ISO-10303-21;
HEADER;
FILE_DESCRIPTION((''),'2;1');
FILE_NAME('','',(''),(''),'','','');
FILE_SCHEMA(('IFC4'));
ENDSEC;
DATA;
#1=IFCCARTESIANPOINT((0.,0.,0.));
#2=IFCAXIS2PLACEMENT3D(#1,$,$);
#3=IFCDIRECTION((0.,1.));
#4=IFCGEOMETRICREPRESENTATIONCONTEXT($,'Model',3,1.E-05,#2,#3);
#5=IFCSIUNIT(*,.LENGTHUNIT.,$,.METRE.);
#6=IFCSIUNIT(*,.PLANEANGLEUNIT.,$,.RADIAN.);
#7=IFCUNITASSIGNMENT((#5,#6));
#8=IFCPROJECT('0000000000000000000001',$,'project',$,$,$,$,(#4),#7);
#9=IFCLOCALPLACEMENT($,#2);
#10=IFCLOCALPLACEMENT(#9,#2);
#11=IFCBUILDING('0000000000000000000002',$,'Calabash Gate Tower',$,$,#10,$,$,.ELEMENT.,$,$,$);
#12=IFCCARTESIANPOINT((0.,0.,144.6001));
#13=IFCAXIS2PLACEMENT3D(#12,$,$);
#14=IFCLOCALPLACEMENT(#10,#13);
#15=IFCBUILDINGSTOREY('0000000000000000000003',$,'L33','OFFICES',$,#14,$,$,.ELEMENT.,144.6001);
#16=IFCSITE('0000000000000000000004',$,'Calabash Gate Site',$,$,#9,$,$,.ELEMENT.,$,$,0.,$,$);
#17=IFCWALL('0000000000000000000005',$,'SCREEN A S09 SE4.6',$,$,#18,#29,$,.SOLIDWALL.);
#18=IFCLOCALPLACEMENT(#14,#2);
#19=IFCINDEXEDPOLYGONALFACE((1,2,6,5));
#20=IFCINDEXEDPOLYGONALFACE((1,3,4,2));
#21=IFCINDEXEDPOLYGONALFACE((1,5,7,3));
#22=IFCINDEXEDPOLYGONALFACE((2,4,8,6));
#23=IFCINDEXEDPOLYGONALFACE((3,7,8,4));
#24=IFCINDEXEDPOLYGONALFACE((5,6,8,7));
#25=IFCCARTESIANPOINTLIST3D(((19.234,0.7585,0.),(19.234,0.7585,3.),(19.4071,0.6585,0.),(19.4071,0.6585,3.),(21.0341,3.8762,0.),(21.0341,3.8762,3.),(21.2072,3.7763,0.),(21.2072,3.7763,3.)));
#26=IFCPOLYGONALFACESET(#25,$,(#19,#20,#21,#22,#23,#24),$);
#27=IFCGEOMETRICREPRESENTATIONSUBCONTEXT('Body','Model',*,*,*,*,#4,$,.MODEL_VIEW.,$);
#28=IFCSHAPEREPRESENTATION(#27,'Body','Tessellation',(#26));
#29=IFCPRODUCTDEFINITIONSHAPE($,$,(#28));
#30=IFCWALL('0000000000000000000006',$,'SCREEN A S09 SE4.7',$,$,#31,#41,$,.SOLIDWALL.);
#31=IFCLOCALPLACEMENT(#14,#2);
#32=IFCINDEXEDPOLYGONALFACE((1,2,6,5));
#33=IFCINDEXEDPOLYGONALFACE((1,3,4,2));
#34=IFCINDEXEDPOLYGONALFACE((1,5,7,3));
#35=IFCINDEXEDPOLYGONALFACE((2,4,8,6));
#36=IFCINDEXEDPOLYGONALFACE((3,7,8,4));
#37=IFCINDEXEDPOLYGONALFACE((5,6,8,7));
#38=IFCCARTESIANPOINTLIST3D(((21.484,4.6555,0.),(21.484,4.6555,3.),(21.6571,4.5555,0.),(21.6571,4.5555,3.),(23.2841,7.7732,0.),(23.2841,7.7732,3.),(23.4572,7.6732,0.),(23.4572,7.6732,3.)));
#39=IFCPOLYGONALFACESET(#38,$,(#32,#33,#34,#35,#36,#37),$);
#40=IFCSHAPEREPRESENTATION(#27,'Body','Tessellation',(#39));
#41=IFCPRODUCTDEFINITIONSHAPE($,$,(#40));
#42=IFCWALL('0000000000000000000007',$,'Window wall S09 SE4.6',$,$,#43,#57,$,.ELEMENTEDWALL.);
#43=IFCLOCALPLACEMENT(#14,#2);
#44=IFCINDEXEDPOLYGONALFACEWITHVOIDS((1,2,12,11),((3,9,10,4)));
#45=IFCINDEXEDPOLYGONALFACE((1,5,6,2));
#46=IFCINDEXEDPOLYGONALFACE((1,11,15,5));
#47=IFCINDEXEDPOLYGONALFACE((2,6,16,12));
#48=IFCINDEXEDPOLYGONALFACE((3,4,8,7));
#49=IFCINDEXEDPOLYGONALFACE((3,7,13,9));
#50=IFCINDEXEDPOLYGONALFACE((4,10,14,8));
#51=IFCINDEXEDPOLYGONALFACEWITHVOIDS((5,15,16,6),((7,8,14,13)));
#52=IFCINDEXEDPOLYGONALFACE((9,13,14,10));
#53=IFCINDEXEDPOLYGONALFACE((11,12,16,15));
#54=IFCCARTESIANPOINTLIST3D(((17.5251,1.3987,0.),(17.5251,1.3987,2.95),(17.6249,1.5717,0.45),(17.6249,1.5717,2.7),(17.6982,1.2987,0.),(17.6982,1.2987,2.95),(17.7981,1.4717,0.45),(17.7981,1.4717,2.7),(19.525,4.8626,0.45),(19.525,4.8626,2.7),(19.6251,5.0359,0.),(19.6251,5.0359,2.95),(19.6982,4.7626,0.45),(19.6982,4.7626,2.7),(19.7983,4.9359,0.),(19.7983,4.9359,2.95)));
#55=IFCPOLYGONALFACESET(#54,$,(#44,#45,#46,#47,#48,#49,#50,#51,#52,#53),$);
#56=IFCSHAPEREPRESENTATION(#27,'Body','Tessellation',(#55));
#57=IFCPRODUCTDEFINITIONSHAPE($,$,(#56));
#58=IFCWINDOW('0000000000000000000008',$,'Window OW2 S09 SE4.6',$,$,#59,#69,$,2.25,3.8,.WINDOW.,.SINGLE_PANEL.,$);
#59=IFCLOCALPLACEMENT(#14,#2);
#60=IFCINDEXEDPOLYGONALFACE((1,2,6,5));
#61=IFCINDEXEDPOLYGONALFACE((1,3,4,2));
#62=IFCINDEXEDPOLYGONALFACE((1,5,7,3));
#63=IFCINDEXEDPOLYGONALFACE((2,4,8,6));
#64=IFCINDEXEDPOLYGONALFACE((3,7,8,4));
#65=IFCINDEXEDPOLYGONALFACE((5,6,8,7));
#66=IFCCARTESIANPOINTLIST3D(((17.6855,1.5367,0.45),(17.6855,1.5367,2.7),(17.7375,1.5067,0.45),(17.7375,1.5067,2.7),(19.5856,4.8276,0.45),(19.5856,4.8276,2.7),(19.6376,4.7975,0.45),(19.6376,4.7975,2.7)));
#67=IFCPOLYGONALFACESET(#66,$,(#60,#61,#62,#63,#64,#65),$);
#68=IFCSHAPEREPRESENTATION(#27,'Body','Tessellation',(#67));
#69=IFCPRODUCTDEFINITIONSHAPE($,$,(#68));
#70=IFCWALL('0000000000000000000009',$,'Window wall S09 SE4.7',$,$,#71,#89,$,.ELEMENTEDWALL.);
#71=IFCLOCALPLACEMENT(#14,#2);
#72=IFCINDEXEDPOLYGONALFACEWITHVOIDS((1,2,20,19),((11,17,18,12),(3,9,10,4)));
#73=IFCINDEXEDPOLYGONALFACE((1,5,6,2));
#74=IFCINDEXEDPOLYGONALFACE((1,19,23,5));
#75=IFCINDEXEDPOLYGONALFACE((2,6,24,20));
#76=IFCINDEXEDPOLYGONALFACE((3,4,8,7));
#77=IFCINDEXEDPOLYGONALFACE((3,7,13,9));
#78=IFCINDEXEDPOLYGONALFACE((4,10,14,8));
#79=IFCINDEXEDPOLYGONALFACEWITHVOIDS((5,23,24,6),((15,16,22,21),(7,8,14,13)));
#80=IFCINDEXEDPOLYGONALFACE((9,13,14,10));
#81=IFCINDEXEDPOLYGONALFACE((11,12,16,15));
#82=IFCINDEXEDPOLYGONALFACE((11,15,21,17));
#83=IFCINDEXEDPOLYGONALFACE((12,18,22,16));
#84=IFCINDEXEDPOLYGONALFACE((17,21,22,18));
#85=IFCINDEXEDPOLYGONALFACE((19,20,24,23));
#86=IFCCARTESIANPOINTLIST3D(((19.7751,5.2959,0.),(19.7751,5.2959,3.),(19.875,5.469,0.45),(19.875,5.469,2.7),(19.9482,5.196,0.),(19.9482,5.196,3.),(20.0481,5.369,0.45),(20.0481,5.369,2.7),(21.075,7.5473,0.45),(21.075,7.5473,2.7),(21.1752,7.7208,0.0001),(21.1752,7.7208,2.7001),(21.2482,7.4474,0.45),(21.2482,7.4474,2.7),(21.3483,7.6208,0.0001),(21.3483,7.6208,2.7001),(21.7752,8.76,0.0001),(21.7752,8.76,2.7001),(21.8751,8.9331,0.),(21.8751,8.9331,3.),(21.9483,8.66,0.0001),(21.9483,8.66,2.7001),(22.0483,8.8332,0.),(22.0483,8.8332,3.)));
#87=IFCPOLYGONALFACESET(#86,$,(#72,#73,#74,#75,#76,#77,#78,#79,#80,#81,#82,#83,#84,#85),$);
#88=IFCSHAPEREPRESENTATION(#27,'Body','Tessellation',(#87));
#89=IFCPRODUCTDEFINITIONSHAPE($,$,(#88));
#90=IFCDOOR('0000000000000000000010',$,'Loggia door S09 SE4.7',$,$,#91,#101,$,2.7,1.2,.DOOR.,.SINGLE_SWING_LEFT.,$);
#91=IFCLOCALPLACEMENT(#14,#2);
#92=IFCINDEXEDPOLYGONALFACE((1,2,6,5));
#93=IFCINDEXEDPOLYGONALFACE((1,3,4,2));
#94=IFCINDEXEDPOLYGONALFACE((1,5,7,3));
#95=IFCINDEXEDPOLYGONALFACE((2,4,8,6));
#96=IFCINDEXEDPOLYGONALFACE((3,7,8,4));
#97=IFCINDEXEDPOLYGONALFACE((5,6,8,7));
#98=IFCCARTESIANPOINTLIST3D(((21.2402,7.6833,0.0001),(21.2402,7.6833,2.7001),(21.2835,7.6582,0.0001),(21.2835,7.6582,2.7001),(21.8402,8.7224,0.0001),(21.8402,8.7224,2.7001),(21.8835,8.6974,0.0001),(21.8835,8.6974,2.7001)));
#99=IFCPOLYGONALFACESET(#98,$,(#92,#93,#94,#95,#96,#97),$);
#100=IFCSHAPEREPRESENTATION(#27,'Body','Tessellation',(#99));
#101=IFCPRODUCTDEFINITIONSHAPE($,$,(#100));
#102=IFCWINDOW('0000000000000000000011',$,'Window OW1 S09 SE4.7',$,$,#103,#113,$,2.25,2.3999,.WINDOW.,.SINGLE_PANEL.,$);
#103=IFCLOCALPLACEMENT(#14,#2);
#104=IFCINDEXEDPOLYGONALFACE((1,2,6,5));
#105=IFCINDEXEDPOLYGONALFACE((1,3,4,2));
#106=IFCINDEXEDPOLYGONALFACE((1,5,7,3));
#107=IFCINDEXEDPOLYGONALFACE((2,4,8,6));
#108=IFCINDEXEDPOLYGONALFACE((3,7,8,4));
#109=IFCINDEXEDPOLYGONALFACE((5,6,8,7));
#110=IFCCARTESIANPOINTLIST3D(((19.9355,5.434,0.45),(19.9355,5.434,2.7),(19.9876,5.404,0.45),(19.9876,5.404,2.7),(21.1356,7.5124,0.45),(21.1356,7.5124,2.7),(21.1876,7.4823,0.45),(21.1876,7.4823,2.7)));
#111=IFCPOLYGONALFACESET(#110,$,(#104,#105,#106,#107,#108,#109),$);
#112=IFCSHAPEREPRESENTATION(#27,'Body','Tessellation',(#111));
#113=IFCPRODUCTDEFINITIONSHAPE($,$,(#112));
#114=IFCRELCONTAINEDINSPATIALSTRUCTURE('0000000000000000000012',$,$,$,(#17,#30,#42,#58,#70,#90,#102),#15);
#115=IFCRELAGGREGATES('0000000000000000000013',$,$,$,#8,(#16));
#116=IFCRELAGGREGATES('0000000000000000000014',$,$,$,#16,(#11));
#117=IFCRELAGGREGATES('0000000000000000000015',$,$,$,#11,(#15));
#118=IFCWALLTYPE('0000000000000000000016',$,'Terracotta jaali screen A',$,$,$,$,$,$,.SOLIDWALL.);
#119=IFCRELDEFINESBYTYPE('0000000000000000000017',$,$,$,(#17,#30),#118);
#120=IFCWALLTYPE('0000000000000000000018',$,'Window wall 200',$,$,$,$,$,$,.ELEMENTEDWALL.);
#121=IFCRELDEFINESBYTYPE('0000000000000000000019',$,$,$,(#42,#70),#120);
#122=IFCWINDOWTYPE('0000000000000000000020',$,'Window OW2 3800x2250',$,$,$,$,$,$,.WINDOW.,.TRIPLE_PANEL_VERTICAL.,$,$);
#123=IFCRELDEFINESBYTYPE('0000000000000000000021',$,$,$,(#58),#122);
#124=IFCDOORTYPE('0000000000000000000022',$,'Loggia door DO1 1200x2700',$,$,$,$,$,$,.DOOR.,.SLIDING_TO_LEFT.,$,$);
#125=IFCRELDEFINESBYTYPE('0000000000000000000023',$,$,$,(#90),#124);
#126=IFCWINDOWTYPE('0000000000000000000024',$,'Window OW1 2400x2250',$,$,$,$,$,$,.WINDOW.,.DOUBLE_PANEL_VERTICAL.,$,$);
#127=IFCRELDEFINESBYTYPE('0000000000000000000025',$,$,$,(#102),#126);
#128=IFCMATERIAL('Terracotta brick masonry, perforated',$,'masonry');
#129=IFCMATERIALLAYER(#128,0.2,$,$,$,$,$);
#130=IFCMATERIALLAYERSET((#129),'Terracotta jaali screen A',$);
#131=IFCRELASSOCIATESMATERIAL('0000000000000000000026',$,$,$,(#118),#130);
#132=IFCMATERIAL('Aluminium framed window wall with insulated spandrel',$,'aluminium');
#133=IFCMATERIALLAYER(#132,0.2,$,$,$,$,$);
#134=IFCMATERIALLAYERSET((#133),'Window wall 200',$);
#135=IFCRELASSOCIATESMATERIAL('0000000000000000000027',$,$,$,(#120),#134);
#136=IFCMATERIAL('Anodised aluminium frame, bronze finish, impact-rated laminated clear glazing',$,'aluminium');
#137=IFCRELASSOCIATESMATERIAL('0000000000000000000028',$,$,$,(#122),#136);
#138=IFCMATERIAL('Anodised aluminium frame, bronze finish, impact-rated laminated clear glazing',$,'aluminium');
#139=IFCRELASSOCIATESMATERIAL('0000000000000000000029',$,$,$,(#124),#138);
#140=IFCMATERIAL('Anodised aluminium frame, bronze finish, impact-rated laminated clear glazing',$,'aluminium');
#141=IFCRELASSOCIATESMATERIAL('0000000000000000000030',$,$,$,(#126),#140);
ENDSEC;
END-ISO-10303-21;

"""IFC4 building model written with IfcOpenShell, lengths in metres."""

from ifc_helpers import new_model, si_unit, direction, frame, frame_2d, origin, place, context, subcontext, project, spatial, rectangle, extrude, material, layer, layer_set, type_object, element, fill, save


model = new_model("IFC4")

# Units and contexts
model_context = context("Model", 3, precision=1e-05, world=origin(), true_north=direction((0.0, 1.0)))
body_context = subcontext(model_context, "Body", "Model", "MODEL_VIEW")
ifc_project = project(units=[si_unit("LENGTHUNIT", "METRE"), si_unit("PLANEANGLEUNIT", "RADIAN")], contexts=[model_context])

# Site, building, storey
site_placement = place(None, origin())
site = spatial("IfcSite", under=ifc_project, at=site_placement, Name="Calabash Gate Site", CompositionType="ELEMENT", RefElevation=0.0)
building_placement = place(site_placement, origin())
building = spatial("IfcBuilding", under=site, at=building_placement, Name="Calabash Gate Tower", CompositionType="ELEMENT")
storey_placement = place(building_placement, frame((0.0, 0.0, 144.6001)))
storey = spatial("IfcBuildingStorey", under=building, at=storey_placement, Name="L33", Description="OFFICES", CompositionType="ELEMENT", Elevation=144.6001)

# Walls
ifc_material_1 = material(Name="Terracotta brick masonry, perforated", Category="masonry")
ifc_layer_1 = layer(ifc_material_1, 0.2)
ifc_layer_set_1 = layer_set([ifc_layer_1], Name="Terracotta jaali screen A")
wall_type_1 = type_object("IfcWallType", Name="Terracotta jaali screen A", PredefinedType="SOLIDWALL", material=ifc_layer_set_1)
for number, where, z_axis, x_axis, name in (
    (1, (19.3206, 0.7085, 0.0), (0.0, 0.0, 1.0), (0.500012, 0.866018, 0.0), "SCREEN A S09 SE4.6"),
    (2, (21.5706, 4.6055, 0.0), (0.0, 0.0, 1.0), (0.500012, 0.866018, 0.0), "SCREEN A S09 SE4.7"),
):
    element("IfcWall", number, at=place(storey_placement, frame(where, z_axis=z_axis, x_axis=x_axis)), inside=storey, type_object=wall_type_1, Name=name, PredefinedType="SOLIDWALL", context=body_context, shape_type="SweptSolid", body=[
        extrude(rectangle(XDim=3.6001, YDim=0.2, at=frame_2d((1.8, 0.0))), origin(), (0.0, 0.0, 1.0), 3.0),
    ])

# Wall, opening, window
ifc_material_2 = material(Name="Aluminium framed window wall with insulated spandrel", Category="aluminium")
ifc_layer_2 = layer(ifc_material_2, 0.2)
ifc_layer_set_2 = layer_set([ifc_layer_2], Name="Window wall 200")
wall_type_2 = type_object("IfcWallType", Name="Window wall 200", PredefinedType="ELEMENTEDWALL", material=ifc_layer_set_2)
wall_1_placement = place(storey_placement, frame((17.6116, 1.3486, 0.0), z_axis=(0.0, 0.0, 1.0), x_axis=(0.500028, 0.866009, 0.0)))
wall_1 = element("IfcWall", 3, at=wall_1_placement, inside=storey, type_object=wall_type_2, Name="Window wall S09 SE4.6", PredefinedType="ELEMENTEDWALL", context=body_context, shape_type="SweptSolid", body=[
    extrude(rectangle(XDim=4.2, YDim=0.2, at=frame_2d((2.1001, 0.0))), origin(), (0.0, 0.0, 1.0), 2.95),
])
opening_1_placement = place(wall_1_placement, frame((0.2, 0.0, 0.45)))
opening_1 = element("IfcOpeningElement", 4, at=opening_1_placement, cuts=wall_1, PredefinedType="OPENING", context=body_context, shape_type="SweptSolid", body=[
    extrude(rectangle(XDim=3.8, YDim=2.25, at=frame_2d((1.8999, 1.125))), frame((0.0, 0.1099, 0.0), z_axis=(0.0, -1.0, 0.0), x_axis=(1.0, 0.0, 0.0)), (0.0, 0.0, 1.0), 0.22),
])
ifc_material_3 = material(Name="Anodised aluminium frame, bronze finish, impact-rated laminated clear glazing", Category="aluminium")
window_type_1 = type_object("IfcWindowType", Name="Window OW2 3800x2250", PartitioningType="TRIPLE_PANEL_VERTICAL", PredefinedType="WINDOW", material=ifc_material_3)
window_1_placement = place(opening_1_placement, origin())
window_1 = element("IfcWindow", 5, at=window_1_placement, inside=storey, type_object=window_type_1, Name="Window OW2 S09 SE4.6", OverallHeight=2.25, OverallWidth=3.8, PartitioningType="SINGLE_PANEL", PredefinedType="WINDOW", context=body_context, shape_type="SweptSolid", body=[
    extrude(rectangle(XDim=3.8, YDim=2.25, at=frame_2d((1.8999, 1.125))), frame((0.0, 0.03, 0.0), z_axis=(0.0, -1.0, 0.0), x_axis=(1.0, 0.0, 0.0)), (0.0, 0.0, 1.0), 0.0601),
])
fill(opening_1, window_1)

# Wall, openings, door, window
wall_2_placement = place(storey_placement, frame((19.8616, 5.2458, 0.0), z_axis=(0.0, 0.0, 1.0), x_axis=(0.500028, 0.866009, 0.0)))
wall_2 = element("IfcWall", 6, at=wall_2_placement, inside=storey, type_object=wall_type_2, Name="Window wall S09 SE4.7", PredefinedType="ELEMENTEDWALL", context=body_context, shape_type="SweptSolid", body=[
    extrude(rectangle(XDim=4.2, YDim=0.2, at=frame_2d((2.1001, 0.0))), origin(), (0.0, 0.0, 1.0), 3.0),
])
opening_2_placement = place(wall_2_placement, frame((0.2, 0.0, 0.45)))
opening_2 = element("IfcOpeningElement", 7, at=opening_2_placement, cuts=wall_2, PredefinedType="OPENING", context=body_context, shape_type="SweptSolid", body=[
    extrude(rectangle(XDim=2.3999, YDim=2.25, at=frame_2d((1.2, 1.125))), frame((0.0, 0.1099, 0.0), z_axis=(0.0, -1.0, 0.0), x_axis=(1.0, 0.0, 0.0)), (0.0, 0.0, 1.0), 0.22),
])
opening_3_placement = place(wall_2_placement, frame((2.8, 0.0, 0.0)))
opening_3 = element("IfcOpeningElement", 8, at=opening_3_placement, cuts=wall_2, PredefinedType="OPENING", context=body_context, shape_type="SweptSolid", body=[
    extrude(rectangle(XDim=1.2, YDim=2.7, at=frame_2d((0.6001, 1.3501))), frame((0.0, 0.1099, 0.0), z_axis=(0.0, -1.0, 0.0), x_axis=(1.0, 0.0, 0.0)), (0.0, 0.0, 1.0), 0.22),
])
ifc_material_4 = material(Name="Anodised aluminium frame, bronze finish, impact-rated laminated clear glazing", Category="aluminium")
door_type_1 = type_object("IfcDoorType", Name="Loggia door DO1 1200x2700", OperationType="SLIDING_TO_LEFT", PredefinedType="DOOR", material=ifc_material_4)
door_1_placement = place(opening_3_placement, origin())
door_1 = element("IfcDoor", 9, at=door_1_placement, inside=storey, type_object=door_type_1, Name="Loggia door S09 SE4.7", OperationType="SINGLE_SWING_LEFT", OverallHeight=2.7, OverallWidth=1.2, PredefinedType="DOOR", context=body_context, shape_type="SweptSolid", body=[
    extrude(rectangle(XDim=1.2, YDim=2.7, at=frame_2d((0.6001, 1.3501))), frame((0.0, 0.0249, 0.0), z_axis=(0.0, -1.0, 0.0), x_axis=(1.0, 0.0, 0.0)), (0.0, 0.0, 1.0), 0.05),
])
fill(opening_3, door_1)
ifc_material_5 = material(Name="Anodised aluminium frame, bronze finish, impact-rated laminated clear glazing", Category="aluminium")
window_type_2 = type_object("IfcWindowType", Name="Window OW1 2400x2250", PartitioningType="DOUBLE_PANEL_VERTICAL", PredefinedType="WINDOW", material=ifc_material_5)
window_2_placement = place(opening_2_placement, origin())
window_2 = element("IfcWindow", 10, at=window_2_placement, inside=storey, type_object=window_type_2, Name="Window OW1 S09 SE4.7", OverallHeight=2.25, OverallWidth=2.3999, PartitioningType="SINGLE_PANEL", PredefinedType="WINDOW", context=body_context, shape_type="SweptSolid", body=[
    extrude(rectangle(XDim=2.3999, YDim=2.25, at=frame_2d((1.2, 1.125))), frame((0.0, 0.03, 0.0), z_axis=(0.0, -1.0, 0.0), x_axis=(1.0, 0.0, 0.0)), (0.0, 0.0, 1.0), 0.0601),
])
fill(opening_2, window_2)

save(model, "model.ifc")
